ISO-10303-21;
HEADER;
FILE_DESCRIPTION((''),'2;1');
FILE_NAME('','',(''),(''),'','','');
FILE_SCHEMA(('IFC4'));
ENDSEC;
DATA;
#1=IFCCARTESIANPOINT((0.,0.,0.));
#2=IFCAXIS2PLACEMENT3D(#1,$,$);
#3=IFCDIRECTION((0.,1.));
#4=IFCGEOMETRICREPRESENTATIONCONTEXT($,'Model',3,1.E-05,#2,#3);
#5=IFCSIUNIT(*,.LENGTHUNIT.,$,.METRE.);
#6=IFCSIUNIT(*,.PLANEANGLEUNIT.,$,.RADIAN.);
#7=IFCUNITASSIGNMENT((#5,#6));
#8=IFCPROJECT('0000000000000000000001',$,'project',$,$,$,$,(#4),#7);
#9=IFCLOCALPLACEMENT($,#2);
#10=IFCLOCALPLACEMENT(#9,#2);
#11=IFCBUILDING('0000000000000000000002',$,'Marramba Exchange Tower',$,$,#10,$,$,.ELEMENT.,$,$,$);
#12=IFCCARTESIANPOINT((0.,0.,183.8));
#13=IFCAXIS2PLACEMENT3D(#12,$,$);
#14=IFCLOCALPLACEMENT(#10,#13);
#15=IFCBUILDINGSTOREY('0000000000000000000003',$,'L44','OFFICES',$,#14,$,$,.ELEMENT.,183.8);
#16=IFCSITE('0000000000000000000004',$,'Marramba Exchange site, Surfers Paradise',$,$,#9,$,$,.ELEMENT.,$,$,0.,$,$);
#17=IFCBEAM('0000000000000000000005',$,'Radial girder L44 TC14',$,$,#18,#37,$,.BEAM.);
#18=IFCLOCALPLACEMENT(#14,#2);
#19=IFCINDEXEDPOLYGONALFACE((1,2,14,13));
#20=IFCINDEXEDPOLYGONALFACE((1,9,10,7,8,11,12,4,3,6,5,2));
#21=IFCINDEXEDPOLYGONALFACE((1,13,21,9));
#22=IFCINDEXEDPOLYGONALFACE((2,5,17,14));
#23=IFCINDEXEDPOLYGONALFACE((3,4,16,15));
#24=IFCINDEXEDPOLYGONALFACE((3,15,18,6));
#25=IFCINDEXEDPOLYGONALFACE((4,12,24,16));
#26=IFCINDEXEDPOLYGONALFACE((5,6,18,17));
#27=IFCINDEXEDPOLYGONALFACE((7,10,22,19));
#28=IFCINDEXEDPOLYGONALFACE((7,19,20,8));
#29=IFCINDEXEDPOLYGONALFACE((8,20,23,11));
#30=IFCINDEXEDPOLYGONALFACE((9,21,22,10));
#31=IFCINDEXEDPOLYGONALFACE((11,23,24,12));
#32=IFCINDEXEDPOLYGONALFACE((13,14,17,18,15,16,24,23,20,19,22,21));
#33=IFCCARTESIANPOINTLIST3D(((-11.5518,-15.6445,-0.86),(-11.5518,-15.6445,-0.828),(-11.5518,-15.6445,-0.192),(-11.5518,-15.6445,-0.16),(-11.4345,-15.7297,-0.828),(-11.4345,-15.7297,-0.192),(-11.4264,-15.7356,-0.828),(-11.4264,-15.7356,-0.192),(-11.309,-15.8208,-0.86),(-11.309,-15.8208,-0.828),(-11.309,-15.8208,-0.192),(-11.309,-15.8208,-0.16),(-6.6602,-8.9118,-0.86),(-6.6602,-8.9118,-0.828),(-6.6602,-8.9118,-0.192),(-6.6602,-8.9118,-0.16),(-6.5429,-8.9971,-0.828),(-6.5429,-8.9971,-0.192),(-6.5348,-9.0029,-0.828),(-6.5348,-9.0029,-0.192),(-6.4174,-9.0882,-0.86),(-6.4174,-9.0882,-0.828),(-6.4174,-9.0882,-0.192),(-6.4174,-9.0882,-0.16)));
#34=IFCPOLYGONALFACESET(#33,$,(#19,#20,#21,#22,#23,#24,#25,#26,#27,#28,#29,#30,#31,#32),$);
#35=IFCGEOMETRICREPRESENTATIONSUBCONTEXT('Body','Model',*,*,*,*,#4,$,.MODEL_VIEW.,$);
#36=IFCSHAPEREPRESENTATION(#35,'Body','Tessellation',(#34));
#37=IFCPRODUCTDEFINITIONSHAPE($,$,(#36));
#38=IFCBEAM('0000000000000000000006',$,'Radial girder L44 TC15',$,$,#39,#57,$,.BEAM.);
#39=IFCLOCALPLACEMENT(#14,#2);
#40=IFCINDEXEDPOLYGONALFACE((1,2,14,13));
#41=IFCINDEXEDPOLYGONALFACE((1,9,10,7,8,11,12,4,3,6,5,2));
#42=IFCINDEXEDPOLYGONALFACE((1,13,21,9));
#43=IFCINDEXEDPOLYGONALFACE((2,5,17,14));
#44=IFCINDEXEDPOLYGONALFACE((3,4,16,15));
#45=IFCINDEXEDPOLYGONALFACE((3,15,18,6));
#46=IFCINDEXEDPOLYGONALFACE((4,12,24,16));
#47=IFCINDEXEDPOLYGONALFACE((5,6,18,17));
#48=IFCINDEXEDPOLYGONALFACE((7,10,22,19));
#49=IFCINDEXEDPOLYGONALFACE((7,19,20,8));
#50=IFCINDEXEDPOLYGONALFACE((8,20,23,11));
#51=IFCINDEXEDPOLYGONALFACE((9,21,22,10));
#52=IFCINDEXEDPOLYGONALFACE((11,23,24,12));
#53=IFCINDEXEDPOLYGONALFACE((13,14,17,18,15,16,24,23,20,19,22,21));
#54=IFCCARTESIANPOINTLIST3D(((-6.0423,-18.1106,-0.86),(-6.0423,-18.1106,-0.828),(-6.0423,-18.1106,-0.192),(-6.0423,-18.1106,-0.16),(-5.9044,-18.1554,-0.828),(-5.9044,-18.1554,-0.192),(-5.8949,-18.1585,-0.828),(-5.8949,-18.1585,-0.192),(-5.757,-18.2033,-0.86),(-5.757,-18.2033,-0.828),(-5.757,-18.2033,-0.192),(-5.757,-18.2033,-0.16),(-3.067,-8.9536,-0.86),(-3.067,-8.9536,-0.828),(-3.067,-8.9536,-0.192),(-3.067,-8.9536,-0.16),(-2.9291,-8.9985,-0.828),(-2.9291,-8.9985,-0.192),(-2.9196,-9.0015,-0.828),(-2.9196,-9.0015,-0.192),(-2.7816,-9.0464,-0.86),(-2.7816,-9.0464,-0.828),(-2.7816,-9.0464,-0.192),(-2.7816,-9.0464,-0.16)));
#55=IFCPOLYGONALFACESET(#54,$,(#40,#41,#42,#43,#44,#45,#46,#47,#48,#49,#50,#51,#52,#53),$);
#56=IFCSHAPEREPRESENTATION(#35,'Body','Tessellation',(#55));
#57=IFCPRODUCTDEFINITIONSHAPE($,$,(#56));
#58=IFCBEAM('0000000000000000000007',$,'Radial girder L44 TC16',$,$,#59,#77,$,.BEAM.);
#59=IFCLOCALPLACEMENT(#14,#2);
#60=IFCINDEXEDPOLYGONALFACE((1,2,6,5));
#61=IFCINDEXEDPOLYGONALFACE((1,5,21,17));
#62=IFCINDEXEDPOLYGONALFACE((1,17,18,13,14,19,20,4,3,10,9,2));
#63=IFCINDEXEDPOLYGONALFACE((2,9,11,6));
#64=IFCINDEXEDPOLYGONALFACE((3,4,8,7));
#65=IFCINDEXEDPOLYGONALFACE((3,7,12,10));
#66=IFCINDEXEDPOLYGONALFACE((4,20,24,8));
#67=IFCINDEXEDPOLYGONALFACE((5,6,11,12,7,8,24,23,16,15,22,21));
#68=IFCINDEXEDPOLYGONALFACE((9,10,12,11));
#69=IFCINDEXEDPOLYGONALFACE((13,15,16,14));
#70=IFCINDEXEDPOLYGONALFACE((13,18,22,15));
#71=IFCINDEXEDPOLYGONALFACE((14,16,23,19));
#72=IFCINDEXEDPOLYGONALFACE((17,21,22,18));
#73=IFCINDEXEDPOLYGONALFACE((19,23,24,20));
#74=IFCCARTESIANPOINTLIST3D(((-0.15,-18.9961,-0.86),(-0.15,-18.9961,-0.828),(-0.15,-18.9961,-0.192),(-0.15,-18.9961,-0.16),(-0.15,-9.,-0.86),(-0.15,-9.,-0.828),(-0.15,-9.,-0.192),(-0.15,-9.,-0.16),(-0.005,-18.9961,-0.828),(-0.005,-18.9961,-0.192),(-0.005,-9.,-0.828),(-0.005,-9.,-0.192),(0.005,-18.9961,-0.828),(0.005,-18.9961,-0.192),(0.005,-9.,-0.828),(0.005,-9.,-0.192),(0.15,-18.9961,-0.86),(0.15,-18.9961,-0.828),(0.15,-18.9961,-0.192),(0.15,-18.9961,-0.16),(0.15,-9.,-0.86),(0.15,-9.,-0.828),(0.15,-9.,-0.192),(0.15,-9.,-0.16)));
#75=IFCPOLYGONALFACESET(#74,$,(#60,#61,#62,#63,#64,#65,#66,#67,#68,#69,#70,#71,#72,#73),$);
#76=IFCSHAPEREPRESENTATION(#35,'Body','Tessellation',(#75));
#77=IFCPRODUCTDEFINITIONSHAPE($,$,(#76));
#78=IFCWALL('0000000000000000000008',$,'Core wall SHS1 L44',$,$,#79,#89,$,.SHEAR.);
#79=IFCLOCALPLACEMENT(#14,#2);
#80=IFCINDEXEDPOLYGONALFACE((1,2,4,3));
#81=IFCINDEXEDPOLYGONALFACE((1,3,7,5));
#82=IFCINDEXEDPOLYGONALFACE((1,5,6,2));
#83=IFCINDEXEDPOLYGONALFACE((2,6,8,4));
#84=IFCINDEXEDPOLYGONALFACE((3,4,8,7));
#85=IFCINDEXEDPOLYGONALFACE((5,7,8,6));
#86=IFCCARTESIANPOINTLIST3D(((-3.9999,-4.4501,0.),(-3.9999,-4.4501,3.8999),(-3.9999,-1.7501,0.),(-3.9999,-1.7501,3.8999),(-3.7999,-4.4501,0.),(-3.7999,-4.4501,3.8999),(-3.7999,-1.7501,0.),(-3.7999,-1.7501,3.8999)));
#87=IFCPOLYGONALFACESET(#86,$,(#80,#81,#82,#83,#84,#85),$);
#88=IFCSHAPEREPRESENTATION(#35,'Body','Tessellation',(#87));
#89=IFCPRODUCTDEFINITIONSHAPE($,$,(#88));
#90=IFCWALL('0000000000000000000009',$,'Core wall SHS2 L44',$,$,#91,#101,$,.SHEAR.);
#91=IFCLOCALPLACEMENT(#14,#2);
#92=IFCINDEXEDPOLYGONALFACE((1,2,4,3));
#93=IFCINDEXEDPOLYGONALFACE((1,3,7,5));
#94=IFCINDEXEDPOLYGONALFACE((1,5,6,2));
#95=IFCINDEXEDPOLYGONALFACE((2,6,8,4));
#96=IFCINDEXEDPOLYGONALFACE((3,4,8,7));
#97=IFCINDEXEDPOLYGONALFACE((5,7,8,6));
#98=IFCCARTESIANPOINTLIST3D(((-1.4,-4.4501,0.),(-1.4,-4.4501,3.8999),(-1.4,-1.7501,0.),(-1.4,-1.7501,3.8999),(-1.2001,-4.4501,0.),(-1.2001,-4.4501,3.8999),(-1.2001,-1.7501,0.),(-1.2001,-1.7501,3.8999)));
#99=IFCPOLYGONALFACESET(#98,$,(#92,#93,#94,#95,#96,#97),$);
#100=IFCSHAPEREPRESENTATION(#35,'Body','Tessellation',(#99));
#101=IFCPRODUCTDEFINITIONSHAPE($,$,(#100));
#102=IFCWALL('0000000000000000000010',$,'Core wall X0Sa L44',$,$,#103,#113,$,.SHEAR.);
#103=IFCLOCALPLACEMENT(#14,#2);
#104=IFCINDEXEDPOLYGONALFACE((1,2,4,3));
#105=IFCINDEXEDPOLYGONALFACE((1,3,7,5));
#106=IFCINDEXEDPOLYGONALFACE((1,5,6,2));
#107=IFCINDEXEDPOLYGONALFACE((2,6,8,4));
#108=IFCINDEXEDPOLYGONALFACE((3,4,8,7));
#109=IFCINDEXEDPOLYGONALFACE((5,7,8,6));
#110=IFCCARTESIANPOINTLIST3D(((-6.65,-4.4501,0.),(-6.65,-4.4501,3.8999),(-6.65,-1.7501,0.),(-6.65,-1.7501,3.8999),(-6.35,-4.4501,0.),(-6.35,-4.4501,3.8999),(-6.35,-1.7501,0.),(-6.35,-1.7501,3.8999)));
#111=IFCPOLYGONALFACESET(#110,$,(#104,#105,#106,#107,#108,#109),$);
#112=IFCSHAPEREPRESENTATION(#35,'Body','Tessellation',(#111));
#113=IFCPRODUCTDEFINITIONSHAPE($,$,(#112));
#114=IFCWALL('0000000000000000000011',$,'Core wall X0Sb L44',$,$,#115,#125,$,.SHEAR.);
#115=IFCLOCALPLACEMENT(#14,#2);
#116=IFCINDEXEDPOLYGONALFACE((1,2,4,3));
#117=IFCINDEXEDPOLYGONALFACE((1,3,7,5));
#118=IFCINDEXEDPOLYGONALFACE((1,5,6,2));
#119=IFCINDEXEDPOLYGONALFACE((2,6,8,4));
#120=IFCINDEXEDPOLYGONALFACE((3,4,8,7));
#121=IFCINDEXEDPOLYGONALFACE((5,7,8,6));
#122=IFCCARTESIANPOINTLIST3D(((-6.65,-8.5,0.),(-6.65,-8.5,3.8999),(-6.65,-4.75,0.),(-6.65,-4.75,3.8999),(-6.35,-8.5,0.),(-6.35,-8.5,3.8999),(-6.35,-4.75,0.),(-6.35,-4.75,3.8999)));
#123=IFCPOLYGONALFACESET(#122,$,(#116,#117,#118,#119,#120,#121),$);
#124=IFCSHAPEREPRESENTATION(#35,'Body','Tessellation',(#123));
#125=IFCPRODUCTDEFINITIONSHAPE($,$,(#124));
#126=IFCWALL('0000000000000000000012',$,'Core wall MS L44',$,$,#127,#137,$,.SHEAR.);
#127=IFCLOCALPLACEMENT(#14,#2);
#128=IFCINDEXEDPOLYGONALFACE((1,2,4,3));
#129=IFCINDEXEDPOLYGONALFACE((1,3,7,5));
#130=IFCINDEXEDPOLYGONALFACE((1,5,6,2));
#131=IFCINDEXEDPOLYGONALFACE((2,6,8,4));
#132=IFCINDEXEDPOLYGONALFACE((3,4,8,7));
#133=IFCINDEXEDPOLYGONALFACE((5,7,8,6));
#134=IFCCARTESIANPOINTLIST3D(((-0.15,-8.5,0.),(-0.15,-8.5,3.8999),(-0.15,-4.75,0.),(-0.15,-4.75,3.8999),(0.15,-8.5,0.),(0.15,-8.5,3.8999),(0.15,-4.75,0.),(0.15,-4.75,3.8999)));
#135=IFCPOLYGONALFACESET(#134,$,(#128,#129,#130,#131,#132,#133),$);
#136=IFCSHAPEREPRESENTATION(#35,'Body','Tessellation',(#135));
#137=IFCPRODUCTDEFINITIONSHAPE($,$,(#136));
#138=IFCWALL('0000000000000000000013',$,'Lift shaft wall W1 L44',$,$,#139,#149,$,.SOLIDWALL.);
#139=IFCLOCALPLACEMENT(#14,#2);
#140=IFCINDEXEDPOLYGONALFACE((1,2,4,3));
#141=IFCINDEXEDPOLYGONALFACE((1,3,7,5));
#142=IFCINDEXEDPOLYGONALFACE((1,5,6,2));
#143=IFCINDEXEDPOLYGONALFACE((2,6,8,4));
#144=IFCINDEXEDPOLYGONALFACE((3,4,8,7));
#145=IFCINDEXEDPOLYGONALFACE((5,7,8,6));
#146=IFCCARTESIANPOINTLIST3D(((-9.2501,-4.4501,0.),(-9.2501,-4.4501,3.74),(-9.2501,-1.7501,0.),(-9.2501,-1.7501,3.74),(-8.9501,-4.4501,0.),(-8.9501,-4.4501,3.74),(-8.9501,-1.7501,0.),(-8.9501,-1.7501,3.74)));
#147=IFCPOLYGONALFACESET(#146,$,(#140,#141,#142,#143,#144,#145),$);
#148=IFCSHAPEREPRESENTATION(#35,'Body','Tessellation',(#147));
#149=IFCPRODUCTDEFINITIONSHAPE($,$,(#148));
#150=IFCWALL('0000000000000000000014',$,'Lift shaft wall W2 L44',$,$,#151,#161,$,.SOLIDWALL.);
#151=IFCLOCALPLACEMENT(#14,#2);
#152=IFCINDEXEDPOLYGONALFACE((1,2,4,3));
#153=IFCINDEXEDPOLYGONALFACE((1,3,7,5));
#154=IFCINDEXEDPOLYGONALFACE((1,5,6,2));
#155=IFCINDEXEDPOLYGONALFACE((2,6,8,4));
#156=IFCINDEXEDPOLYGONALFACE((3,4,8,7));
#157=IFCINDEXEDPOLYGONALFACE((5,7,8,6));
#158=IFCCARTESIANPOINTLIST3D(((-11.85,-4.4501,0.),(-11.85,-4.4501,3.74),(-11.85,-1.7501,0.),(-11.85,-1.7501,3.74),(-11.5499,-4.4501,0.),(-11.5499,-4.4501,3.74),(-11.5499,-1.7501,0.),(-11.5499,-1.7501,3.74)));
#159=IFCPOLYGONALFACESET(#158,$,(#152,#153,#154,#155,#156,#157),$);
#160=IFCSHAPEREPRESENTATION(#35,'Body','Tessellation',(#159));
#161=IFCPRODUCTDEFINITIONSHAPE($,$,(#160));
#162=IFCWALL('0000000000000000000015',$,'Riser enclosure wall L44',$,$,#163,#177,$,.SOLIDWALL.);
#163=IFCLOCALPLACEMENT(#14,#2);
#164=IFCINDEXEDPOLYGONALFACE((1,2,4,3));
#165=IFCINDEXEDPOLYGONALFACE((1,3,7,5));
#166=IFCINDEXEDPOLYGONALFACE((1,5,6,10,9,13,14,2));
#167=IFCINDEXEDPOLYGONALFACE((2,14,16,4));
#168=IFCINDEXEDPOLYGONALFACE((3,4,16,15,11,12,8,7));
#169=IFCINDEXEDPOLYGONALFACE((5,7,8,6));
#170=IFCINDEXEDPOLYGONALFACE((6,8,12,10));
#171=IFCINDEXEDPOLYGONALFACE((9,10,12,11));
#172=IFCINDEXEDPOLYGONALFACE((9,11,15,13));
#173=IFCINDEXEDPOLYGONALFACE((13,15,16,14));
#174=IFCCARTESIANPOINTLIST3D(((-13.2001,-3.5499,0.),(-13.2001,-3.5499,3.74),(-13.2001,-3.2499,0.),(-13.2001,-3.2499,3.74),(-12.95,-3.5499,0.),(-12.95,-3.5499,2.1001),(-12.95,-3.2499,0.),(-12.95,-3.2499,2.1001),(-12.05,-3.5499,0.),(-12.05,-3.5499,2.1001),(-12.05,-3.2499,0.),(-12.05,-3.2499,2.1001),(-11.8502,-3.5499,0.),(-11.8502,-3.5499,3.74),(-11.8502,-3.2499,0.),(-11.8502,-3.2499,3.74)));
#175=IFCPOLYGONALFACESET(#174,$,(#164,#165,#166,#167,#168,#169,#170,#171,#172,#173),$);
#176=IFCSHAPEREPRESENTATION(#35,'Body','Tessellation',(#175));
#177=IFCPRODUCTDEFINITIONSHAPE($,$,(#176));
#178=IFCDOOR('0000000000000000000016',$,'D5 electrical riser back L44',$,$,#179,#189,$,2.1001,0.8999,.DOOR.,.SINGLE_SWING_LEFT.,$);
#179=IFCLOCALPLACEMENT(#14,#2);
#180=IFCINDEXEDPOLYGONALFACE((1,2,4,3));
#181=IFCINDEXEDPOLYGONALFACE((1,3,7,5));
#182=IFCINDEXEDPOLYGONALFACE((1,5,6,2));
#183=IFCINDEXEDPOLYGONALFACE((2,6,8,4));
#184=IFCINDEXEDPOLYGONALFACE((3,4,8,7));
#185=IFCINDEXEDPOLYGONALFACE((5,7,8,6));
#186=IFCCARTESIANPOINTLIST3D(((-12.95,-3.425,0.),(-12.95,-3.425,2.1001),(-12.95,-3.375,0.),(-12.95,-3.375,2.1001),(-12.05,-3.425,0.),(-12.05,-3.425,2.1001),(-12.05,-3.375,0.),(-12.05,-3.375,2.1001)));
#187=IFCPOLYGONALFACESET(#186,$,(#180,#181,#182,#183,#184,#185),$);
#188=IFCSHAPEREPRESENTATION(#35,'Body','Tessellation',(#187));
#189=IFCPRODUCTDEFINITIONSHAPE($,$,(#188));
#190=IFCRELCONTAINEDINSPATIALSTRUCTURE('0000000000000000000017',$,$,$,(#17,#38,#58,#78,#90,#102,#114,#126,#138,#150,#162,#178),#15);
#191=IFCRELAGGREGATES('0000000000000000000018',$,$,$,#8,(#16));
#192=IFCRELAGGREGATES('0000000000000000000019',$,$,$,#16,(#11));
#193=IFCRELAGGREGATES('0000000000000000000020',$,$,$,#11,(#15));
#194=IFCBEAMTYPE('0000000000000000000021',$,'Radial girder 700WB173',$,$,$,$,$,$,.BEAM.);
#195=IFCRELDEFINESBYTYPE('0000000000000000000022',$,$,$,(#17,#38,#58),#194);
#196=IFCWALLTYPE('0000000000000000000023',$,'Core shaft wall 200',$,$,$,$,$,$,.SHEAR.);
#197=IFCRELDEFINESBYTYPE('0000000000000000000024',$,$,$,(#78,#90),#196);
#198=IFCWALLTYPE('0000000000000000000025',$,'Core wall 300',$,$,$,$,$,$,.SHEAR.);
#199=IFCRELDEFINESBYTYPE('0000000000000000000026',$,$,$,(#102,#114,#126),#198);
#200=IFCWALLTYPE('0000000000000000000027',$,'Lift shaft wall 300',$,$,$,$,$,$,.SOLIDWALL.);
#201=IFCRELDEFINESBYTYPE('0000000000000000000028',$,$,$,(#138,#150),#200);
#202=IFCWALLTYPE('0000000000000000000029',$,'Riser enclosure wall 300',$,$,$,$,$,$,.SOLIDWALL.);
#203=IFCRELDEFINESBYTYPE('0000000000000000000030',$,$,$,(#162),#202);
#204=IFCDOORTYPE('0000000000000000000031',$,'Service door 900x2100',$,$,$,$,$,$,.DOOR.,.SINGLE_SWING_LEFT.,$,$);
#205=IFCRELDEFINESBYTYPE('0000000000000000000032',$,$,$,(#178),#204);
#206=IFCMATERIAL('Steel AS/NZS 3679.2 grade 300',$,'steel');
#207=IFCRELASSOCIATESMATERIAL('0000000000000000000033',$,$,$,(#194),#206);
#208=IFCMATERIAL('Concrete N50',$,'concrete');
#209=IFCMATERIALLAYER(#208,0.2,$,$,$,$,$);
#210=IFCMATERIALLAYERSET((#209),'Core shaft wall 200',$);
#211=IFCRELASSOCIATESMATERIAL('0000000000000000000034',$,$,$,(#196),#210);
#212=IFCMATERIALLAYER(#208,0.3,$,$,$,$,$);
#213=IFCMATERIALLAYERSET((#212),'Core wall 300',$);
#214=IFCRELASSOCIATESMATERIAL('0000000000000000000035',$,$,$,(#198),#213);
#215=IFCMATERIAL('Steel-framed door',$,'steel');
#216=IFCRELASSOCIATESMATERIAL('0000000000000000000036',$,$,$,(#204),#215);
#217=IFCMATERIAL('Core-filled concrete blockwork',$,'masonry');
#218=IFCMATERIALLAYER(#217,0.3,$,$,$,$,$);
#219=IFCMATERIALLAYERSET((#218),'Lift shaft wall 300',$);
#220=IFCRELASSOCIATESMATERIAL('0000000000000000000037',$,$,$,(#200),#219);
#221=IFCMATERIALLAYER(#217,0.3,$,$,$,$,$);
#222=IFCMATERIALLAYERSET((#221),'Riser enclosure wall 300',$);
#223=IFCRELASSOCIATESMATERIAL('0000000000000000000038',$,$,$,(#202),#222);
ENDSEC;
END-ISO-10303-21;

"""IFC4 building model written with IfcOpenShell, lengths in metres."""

from ifc_helpers import new_model, si_unit, direction, frame, frame_2d, origin, origin_2d, place, context, subcontext, project, spatial, rectangle, i_section, extrude, material, layer, layer_set, material_profile, profile_set, type_object, element, fill, save


model = new_model("IFC4")

# Units and contexts
model_context = context("Model", 3, precision=1e-05, world=origin(), true_north=direction((0.0, 1.0)))
body_context = subcontext(model_context, "Body", "Model", "MODEL_VIEW")
ifc_project = project(units=[si_unit("LENGTHUNIT", "METRE"), si_unit("PLANEANGLEUNIT", "RADIAN")], contexts=[model_context])

# Site, building, storey
site_placement = place(None, origin())
site = spatial("IfcSite", under=ifc_project, at=site_placement, Name="Marramba Exchange site, Surfers Paradise", CompositionType="ELEMENT", RefElevation=0.0)
building_placement = place(site_placement, origin())
building = spatial("IfcBuilding", under=site, at=building_placement, Name="Marramba Exchange Tower", CompositionType="ELEMENT")
storey_placement = place(building_placement, frame((0.0, 0.0, 183.8)))
storey = spatial("IfcBuildingStorey", under=building, at=storey_placement, Name="L44", Description="OFFICES", CompositionType="ELEMENT", Elevation=183.8)

# Beams
ifc_material_1 = material(Name="Steel AS/NZS 3679.2 grade 300", Category="steel")
ifc_material_profile = material_profile(ifc_material_1, i_section(OverallWidth=0.3, OverallDepth=0.7, WebThickness=0.01, FlangeThickness=0.032, at=origin_2d()), Name="700WB173")
ifc_profile_set = profile_set([ifc_material_profile], Name="Steel AS/NZS 3679.2 grade 300")
beam_type = type_object("IfcBeamType", Name="Radial girder 700WB173", PredefinedType="BEAM", material=ifc_profile_set)
beam_1_placement = place(storey_placement, frame((-6.5388, -9.0, -0.51), z_axis=(-0.587788, -0.809015, 0.0), x_axis=(0.809015, -0.587788, 0.0)))
element("IfcBeam", 1, at=beam_1_placement, inside=storey, type_object=beam_type, Name="Radial girder L44 TC14", PredefinedType="BEAM", context=body_context, shape_type="SweptSolid", body=[
    extrude(i_section(OverallWidth=0.3, OverallDepth=0.7, WebThickness=0.01, FlangeThickness=0.032, at=origin_2d()), origin(), (0.0, 0.0, 1.0), 8.322),
])
beam_2_placement = place(storey_placement, frame((-2.9243, -9.0, -0.51), z_axis=(-0.309022, -0.951055, 0.0), x_axis=(0.951055, -0.309022, 0.0)))
element("IfcBeam", 2, at=beam_2_placement, inside=storey, type_object=beam_type, Name="Radial girder L44 TC15", PredefinedType="BEAM", context=body_context, shape_type="SweptSolid", body=[
    extrude(i_section(OverallWidth=0.3, OverallDepth=0.7, WebThickness=0.01, FlangeThickness=0.032, at=origin_2d()), origin(), (0.0, 0.0, 1.0), 9.6282),
])
beam_3_placement = place(storey_placement, frame((0.0, -9.0, -0.51), z_axis=(0.0, -1.0, 0.0), x_axis=(1.0, 0.0, 0.0)))
element("IfcBeam", 3, at=beam_3_placement, inside=storey, type_object=beam_type, Name="Radial girder L44 TC16", PredefinedType="BEAM", context=body_context, shape_type="SweptSolid", body=[
    extrude(i_section(OverallWidth=0.3, OverallDepth=0.7, WebThickness=0.01, FlangeThickness=0.032, at=origin_2d()), origin(), (0.0, 0.0, 1.0), 9.9961),
])

# Walls
ifc_material_2 = material(Name="Concrete N50", Category="concrete")
ifc_layer_1 = layer(ifc_material_2, 0.2)
ifc_layer_set_1 = layer_set([ifc_layer_1], Name="Core shaft wall 200")
wall_type_1 = type_object("IfcWallType", Name="Core shaft wall 200", PredefinedType="SHEAR", material=ifc_layer_set_1)
for number, where, z_axis, x_axis, name in (
    (4, (-3.8999, -1.75, 0.0), (0.0, 0.0, 1.0), (0.0, -1.0, 0.0), "Core wall SHS1 L44"),
    (5, (-1.3, -1.75, 0.0), (0.0, 0.0, 1.0), (0.0, -1.0, 0.0), "Core wall SHS2 L44"),
):
    element("IfcWall", number, at=place(storey_placement, frame(where, z_axis=z_axis, x_axis=x_axis)), inside=storey, type_object=wall_type_1, Name=name, PredefinedType="SHEAR", context=body_context, shape_type="SweptSolid", body=[
        extrude(rectangle(XDim=2.7, YDim=0.2, at=frame_2d((1.3501, 0.0))), origin(), (0.0, 0.0, 1.0), 3.8999),
    ])

# Shared definitions
ifc_layer_2 = layer(ifc_material_2, 0.3)
ifc_layer_set_2 = layer_set([ifc_layer_2], Name="Core wall 300")
wall_type_2 = type_object("IfcWallType", Name="Core wall 300", PredefinedType="SHEAR", material=ifc_layer_set_2)
ifc_material_3 = material(Name="Steel-framed door", Category="steel")
door_type_1 = type_object("IfcDoorType", Name="Service door 900x2100", OperationType="SINGLE_SWING_LEFT", PredefinedType="DOOR", material=ifc_material_3)

# Walls
wall_1_placement = place(storey_placement, frame((-6.5, -1.75, 0.0), z_axis=(0.0, 0.0, 1.0), x_axis=(0.0, -1.0, 0.0)))
element("IfcWall", 6, at=wall_1_placement, inside=storey, type_object=wall_type_2, Name="Core wall X0Sa L44", PredefinedType="SHEAR", context=body_context, shape_type="SweptSolid", body=[
    extrude(rectangle(XDim=2.7, YDim=0.3, at=frame_2d((1.3501, 0.0))), origin(), (0.0, 0.0, 1.0), 3.8999),
])
for number, where, z_axis, x_axis, name in (
    (7, (-6.5, -4.75, 0.0), (0.0, 0.0, 1.0), (0.0, -1.0, 0.0), "Core wall X0Sb L44"),
    (8, (0.0, -4.75, 0.0), (0.0, 0.0, 1.0), (0.0, -1.0, 0.0), "Core wall MS L44"),
):
    element("IfcWall", number, at=place(storey_placement, frame(where, z_axis=z_axis, x_axis=x_axis)), inside=storey, type_object=wall_type_2, Name=name, PredefinedType="SHEAR", context=body_context, shape_type="SweptSolid", body=[
        extrude(rectangle(XDim=3.75, YDim=0.3, at=frame_2d((1.875, 0.0))), origin(), (0.0, 0.0, 1.0), 3.8999),
    ])
ifc_material_4 = material(Name="Core-filled concrete blockwork", Category="masonry")
ifc_layer_3 = layer(ifc_material_4, 0.3)
ifc_layer_set_3 = layer_set([ifc_layer_3], Name="Lift shaft wall 300")
wall_type_3 = type_object("IfcWallType", Name="Lift shaft wall 300", PredefinedType="SOLIDWALL", material=ifc_layer_set_3)
for number, where, z_axis, x_axis, name in (
    (9, (-9.1001, -1.75, 0.0), (0.0, 0.0, 1.0), (0.0, -1.0, 0.0), "Lift shaft wall W1 L44"),
    (10, (-11.7, -1.75, 0.0), (0.0, 0.0, 1.0), (0.0, -1.0, 0.0), "Lift shaft wall W2 L44"),
):
    element("IfcWall", number, at=place(storey_placement, frame(where, z_axis=z_axis, x_axis=x_axis)), inside=storey, type_object=wall_type_3, Name=name, PredefinedType="SOLIDWALL", context=body_context, shape_type="SweptSolid", body=[
        extrude(rectangle(XDim=2.7, YDim=0.3, at=frame_2d((1.3501, 0.0))), origin(), (0.0, 0.0, 1.0), 3.74),
    ])

# Wall, opening, door
ifc_layer_4 = layer(ifc_material_4, 0.3)
ifc_layer_set_4 = layer_set([ifc_layer_4], Name="Riser enclosure wall 300")
wall_type_4 = type_object("IfcWallType", Name="Riser enclosure wall 300", PredefinedType="SOLIDWALL", material=ifc_layer_set_4)
wall_2_placement = place(storey_placement, frame((-13.2, -3.3999, 0.0), z_axis=(0.0, 0.0, 1.0), x_axis=(1.0, 0.0, 0.0)))
wall_2 = element("IfcWall", 11, at=wall_2_placement, inside=storey, type_object=wall_type_4, Name="Riser enclosure wall L44", PredefinedType="SOLIDWALL", context=body_context, shape_type="SweptSolid", body=[
    extrude(rectangle(XDim=1.3499, YDim=0.3, at=frame_2d((0.6748, 0.0))), origin(), (0.0, 0.0, 1.0), 3.74),
])
opening_1_placement = place(wall_2_placement, frame((0.25, 0.0, 0.0)))
opening_1 = element("IfcOpeningElement", 12, at=opening_1_placement, cuts=wall_2, PredefinedType="OPENING", context=body_context, shape_type="SweptSolid", body=[
    extrude(rectangle(XDim=0.8999, YDim=2.1001, at=frame_2d((0.45, 1.05))), frame((0.0, 0.1599, 0.0), z_axis=(0.0, -1.0, 0.0), x_axis=(1.0, 0.0, 0.0)), (0.0, 0.0, 1.0), 0.3201),
])
door_1_placement = place(opening_1_placement, frame((0.8999, 0.0, 0.0), z_axis=(0.0, 0.0, 1.0), x_axis=(-1.0, 0.0, 0.0)))
door_1 = element("IfcDoor", 13, at=door_1_placement, inside=storey, type_object=door_type_1, Name="D5 electrical riser back L44", OperationType="SINGLE_SWING_LEFT", OverallHeight=2.1001, OverallWidth=0.8999, PredefinedType="DOOR", context=body_context, shape_type="SweptSolid", body=[
    extrude(rectangle(XDim=0.8999, YDim=2.1001, at=frame_2d((0.45, 1.05))), frame((0.0, 0.0251, 0.0), z_axis=(0.0, -1.0, 0.0), x_axis=(1.0, 0.0, 0.0)), (0.0, 0.0, 1.0), 0.05),
])
fill(opening_1, door_1)

save(model, "model.ifc")
